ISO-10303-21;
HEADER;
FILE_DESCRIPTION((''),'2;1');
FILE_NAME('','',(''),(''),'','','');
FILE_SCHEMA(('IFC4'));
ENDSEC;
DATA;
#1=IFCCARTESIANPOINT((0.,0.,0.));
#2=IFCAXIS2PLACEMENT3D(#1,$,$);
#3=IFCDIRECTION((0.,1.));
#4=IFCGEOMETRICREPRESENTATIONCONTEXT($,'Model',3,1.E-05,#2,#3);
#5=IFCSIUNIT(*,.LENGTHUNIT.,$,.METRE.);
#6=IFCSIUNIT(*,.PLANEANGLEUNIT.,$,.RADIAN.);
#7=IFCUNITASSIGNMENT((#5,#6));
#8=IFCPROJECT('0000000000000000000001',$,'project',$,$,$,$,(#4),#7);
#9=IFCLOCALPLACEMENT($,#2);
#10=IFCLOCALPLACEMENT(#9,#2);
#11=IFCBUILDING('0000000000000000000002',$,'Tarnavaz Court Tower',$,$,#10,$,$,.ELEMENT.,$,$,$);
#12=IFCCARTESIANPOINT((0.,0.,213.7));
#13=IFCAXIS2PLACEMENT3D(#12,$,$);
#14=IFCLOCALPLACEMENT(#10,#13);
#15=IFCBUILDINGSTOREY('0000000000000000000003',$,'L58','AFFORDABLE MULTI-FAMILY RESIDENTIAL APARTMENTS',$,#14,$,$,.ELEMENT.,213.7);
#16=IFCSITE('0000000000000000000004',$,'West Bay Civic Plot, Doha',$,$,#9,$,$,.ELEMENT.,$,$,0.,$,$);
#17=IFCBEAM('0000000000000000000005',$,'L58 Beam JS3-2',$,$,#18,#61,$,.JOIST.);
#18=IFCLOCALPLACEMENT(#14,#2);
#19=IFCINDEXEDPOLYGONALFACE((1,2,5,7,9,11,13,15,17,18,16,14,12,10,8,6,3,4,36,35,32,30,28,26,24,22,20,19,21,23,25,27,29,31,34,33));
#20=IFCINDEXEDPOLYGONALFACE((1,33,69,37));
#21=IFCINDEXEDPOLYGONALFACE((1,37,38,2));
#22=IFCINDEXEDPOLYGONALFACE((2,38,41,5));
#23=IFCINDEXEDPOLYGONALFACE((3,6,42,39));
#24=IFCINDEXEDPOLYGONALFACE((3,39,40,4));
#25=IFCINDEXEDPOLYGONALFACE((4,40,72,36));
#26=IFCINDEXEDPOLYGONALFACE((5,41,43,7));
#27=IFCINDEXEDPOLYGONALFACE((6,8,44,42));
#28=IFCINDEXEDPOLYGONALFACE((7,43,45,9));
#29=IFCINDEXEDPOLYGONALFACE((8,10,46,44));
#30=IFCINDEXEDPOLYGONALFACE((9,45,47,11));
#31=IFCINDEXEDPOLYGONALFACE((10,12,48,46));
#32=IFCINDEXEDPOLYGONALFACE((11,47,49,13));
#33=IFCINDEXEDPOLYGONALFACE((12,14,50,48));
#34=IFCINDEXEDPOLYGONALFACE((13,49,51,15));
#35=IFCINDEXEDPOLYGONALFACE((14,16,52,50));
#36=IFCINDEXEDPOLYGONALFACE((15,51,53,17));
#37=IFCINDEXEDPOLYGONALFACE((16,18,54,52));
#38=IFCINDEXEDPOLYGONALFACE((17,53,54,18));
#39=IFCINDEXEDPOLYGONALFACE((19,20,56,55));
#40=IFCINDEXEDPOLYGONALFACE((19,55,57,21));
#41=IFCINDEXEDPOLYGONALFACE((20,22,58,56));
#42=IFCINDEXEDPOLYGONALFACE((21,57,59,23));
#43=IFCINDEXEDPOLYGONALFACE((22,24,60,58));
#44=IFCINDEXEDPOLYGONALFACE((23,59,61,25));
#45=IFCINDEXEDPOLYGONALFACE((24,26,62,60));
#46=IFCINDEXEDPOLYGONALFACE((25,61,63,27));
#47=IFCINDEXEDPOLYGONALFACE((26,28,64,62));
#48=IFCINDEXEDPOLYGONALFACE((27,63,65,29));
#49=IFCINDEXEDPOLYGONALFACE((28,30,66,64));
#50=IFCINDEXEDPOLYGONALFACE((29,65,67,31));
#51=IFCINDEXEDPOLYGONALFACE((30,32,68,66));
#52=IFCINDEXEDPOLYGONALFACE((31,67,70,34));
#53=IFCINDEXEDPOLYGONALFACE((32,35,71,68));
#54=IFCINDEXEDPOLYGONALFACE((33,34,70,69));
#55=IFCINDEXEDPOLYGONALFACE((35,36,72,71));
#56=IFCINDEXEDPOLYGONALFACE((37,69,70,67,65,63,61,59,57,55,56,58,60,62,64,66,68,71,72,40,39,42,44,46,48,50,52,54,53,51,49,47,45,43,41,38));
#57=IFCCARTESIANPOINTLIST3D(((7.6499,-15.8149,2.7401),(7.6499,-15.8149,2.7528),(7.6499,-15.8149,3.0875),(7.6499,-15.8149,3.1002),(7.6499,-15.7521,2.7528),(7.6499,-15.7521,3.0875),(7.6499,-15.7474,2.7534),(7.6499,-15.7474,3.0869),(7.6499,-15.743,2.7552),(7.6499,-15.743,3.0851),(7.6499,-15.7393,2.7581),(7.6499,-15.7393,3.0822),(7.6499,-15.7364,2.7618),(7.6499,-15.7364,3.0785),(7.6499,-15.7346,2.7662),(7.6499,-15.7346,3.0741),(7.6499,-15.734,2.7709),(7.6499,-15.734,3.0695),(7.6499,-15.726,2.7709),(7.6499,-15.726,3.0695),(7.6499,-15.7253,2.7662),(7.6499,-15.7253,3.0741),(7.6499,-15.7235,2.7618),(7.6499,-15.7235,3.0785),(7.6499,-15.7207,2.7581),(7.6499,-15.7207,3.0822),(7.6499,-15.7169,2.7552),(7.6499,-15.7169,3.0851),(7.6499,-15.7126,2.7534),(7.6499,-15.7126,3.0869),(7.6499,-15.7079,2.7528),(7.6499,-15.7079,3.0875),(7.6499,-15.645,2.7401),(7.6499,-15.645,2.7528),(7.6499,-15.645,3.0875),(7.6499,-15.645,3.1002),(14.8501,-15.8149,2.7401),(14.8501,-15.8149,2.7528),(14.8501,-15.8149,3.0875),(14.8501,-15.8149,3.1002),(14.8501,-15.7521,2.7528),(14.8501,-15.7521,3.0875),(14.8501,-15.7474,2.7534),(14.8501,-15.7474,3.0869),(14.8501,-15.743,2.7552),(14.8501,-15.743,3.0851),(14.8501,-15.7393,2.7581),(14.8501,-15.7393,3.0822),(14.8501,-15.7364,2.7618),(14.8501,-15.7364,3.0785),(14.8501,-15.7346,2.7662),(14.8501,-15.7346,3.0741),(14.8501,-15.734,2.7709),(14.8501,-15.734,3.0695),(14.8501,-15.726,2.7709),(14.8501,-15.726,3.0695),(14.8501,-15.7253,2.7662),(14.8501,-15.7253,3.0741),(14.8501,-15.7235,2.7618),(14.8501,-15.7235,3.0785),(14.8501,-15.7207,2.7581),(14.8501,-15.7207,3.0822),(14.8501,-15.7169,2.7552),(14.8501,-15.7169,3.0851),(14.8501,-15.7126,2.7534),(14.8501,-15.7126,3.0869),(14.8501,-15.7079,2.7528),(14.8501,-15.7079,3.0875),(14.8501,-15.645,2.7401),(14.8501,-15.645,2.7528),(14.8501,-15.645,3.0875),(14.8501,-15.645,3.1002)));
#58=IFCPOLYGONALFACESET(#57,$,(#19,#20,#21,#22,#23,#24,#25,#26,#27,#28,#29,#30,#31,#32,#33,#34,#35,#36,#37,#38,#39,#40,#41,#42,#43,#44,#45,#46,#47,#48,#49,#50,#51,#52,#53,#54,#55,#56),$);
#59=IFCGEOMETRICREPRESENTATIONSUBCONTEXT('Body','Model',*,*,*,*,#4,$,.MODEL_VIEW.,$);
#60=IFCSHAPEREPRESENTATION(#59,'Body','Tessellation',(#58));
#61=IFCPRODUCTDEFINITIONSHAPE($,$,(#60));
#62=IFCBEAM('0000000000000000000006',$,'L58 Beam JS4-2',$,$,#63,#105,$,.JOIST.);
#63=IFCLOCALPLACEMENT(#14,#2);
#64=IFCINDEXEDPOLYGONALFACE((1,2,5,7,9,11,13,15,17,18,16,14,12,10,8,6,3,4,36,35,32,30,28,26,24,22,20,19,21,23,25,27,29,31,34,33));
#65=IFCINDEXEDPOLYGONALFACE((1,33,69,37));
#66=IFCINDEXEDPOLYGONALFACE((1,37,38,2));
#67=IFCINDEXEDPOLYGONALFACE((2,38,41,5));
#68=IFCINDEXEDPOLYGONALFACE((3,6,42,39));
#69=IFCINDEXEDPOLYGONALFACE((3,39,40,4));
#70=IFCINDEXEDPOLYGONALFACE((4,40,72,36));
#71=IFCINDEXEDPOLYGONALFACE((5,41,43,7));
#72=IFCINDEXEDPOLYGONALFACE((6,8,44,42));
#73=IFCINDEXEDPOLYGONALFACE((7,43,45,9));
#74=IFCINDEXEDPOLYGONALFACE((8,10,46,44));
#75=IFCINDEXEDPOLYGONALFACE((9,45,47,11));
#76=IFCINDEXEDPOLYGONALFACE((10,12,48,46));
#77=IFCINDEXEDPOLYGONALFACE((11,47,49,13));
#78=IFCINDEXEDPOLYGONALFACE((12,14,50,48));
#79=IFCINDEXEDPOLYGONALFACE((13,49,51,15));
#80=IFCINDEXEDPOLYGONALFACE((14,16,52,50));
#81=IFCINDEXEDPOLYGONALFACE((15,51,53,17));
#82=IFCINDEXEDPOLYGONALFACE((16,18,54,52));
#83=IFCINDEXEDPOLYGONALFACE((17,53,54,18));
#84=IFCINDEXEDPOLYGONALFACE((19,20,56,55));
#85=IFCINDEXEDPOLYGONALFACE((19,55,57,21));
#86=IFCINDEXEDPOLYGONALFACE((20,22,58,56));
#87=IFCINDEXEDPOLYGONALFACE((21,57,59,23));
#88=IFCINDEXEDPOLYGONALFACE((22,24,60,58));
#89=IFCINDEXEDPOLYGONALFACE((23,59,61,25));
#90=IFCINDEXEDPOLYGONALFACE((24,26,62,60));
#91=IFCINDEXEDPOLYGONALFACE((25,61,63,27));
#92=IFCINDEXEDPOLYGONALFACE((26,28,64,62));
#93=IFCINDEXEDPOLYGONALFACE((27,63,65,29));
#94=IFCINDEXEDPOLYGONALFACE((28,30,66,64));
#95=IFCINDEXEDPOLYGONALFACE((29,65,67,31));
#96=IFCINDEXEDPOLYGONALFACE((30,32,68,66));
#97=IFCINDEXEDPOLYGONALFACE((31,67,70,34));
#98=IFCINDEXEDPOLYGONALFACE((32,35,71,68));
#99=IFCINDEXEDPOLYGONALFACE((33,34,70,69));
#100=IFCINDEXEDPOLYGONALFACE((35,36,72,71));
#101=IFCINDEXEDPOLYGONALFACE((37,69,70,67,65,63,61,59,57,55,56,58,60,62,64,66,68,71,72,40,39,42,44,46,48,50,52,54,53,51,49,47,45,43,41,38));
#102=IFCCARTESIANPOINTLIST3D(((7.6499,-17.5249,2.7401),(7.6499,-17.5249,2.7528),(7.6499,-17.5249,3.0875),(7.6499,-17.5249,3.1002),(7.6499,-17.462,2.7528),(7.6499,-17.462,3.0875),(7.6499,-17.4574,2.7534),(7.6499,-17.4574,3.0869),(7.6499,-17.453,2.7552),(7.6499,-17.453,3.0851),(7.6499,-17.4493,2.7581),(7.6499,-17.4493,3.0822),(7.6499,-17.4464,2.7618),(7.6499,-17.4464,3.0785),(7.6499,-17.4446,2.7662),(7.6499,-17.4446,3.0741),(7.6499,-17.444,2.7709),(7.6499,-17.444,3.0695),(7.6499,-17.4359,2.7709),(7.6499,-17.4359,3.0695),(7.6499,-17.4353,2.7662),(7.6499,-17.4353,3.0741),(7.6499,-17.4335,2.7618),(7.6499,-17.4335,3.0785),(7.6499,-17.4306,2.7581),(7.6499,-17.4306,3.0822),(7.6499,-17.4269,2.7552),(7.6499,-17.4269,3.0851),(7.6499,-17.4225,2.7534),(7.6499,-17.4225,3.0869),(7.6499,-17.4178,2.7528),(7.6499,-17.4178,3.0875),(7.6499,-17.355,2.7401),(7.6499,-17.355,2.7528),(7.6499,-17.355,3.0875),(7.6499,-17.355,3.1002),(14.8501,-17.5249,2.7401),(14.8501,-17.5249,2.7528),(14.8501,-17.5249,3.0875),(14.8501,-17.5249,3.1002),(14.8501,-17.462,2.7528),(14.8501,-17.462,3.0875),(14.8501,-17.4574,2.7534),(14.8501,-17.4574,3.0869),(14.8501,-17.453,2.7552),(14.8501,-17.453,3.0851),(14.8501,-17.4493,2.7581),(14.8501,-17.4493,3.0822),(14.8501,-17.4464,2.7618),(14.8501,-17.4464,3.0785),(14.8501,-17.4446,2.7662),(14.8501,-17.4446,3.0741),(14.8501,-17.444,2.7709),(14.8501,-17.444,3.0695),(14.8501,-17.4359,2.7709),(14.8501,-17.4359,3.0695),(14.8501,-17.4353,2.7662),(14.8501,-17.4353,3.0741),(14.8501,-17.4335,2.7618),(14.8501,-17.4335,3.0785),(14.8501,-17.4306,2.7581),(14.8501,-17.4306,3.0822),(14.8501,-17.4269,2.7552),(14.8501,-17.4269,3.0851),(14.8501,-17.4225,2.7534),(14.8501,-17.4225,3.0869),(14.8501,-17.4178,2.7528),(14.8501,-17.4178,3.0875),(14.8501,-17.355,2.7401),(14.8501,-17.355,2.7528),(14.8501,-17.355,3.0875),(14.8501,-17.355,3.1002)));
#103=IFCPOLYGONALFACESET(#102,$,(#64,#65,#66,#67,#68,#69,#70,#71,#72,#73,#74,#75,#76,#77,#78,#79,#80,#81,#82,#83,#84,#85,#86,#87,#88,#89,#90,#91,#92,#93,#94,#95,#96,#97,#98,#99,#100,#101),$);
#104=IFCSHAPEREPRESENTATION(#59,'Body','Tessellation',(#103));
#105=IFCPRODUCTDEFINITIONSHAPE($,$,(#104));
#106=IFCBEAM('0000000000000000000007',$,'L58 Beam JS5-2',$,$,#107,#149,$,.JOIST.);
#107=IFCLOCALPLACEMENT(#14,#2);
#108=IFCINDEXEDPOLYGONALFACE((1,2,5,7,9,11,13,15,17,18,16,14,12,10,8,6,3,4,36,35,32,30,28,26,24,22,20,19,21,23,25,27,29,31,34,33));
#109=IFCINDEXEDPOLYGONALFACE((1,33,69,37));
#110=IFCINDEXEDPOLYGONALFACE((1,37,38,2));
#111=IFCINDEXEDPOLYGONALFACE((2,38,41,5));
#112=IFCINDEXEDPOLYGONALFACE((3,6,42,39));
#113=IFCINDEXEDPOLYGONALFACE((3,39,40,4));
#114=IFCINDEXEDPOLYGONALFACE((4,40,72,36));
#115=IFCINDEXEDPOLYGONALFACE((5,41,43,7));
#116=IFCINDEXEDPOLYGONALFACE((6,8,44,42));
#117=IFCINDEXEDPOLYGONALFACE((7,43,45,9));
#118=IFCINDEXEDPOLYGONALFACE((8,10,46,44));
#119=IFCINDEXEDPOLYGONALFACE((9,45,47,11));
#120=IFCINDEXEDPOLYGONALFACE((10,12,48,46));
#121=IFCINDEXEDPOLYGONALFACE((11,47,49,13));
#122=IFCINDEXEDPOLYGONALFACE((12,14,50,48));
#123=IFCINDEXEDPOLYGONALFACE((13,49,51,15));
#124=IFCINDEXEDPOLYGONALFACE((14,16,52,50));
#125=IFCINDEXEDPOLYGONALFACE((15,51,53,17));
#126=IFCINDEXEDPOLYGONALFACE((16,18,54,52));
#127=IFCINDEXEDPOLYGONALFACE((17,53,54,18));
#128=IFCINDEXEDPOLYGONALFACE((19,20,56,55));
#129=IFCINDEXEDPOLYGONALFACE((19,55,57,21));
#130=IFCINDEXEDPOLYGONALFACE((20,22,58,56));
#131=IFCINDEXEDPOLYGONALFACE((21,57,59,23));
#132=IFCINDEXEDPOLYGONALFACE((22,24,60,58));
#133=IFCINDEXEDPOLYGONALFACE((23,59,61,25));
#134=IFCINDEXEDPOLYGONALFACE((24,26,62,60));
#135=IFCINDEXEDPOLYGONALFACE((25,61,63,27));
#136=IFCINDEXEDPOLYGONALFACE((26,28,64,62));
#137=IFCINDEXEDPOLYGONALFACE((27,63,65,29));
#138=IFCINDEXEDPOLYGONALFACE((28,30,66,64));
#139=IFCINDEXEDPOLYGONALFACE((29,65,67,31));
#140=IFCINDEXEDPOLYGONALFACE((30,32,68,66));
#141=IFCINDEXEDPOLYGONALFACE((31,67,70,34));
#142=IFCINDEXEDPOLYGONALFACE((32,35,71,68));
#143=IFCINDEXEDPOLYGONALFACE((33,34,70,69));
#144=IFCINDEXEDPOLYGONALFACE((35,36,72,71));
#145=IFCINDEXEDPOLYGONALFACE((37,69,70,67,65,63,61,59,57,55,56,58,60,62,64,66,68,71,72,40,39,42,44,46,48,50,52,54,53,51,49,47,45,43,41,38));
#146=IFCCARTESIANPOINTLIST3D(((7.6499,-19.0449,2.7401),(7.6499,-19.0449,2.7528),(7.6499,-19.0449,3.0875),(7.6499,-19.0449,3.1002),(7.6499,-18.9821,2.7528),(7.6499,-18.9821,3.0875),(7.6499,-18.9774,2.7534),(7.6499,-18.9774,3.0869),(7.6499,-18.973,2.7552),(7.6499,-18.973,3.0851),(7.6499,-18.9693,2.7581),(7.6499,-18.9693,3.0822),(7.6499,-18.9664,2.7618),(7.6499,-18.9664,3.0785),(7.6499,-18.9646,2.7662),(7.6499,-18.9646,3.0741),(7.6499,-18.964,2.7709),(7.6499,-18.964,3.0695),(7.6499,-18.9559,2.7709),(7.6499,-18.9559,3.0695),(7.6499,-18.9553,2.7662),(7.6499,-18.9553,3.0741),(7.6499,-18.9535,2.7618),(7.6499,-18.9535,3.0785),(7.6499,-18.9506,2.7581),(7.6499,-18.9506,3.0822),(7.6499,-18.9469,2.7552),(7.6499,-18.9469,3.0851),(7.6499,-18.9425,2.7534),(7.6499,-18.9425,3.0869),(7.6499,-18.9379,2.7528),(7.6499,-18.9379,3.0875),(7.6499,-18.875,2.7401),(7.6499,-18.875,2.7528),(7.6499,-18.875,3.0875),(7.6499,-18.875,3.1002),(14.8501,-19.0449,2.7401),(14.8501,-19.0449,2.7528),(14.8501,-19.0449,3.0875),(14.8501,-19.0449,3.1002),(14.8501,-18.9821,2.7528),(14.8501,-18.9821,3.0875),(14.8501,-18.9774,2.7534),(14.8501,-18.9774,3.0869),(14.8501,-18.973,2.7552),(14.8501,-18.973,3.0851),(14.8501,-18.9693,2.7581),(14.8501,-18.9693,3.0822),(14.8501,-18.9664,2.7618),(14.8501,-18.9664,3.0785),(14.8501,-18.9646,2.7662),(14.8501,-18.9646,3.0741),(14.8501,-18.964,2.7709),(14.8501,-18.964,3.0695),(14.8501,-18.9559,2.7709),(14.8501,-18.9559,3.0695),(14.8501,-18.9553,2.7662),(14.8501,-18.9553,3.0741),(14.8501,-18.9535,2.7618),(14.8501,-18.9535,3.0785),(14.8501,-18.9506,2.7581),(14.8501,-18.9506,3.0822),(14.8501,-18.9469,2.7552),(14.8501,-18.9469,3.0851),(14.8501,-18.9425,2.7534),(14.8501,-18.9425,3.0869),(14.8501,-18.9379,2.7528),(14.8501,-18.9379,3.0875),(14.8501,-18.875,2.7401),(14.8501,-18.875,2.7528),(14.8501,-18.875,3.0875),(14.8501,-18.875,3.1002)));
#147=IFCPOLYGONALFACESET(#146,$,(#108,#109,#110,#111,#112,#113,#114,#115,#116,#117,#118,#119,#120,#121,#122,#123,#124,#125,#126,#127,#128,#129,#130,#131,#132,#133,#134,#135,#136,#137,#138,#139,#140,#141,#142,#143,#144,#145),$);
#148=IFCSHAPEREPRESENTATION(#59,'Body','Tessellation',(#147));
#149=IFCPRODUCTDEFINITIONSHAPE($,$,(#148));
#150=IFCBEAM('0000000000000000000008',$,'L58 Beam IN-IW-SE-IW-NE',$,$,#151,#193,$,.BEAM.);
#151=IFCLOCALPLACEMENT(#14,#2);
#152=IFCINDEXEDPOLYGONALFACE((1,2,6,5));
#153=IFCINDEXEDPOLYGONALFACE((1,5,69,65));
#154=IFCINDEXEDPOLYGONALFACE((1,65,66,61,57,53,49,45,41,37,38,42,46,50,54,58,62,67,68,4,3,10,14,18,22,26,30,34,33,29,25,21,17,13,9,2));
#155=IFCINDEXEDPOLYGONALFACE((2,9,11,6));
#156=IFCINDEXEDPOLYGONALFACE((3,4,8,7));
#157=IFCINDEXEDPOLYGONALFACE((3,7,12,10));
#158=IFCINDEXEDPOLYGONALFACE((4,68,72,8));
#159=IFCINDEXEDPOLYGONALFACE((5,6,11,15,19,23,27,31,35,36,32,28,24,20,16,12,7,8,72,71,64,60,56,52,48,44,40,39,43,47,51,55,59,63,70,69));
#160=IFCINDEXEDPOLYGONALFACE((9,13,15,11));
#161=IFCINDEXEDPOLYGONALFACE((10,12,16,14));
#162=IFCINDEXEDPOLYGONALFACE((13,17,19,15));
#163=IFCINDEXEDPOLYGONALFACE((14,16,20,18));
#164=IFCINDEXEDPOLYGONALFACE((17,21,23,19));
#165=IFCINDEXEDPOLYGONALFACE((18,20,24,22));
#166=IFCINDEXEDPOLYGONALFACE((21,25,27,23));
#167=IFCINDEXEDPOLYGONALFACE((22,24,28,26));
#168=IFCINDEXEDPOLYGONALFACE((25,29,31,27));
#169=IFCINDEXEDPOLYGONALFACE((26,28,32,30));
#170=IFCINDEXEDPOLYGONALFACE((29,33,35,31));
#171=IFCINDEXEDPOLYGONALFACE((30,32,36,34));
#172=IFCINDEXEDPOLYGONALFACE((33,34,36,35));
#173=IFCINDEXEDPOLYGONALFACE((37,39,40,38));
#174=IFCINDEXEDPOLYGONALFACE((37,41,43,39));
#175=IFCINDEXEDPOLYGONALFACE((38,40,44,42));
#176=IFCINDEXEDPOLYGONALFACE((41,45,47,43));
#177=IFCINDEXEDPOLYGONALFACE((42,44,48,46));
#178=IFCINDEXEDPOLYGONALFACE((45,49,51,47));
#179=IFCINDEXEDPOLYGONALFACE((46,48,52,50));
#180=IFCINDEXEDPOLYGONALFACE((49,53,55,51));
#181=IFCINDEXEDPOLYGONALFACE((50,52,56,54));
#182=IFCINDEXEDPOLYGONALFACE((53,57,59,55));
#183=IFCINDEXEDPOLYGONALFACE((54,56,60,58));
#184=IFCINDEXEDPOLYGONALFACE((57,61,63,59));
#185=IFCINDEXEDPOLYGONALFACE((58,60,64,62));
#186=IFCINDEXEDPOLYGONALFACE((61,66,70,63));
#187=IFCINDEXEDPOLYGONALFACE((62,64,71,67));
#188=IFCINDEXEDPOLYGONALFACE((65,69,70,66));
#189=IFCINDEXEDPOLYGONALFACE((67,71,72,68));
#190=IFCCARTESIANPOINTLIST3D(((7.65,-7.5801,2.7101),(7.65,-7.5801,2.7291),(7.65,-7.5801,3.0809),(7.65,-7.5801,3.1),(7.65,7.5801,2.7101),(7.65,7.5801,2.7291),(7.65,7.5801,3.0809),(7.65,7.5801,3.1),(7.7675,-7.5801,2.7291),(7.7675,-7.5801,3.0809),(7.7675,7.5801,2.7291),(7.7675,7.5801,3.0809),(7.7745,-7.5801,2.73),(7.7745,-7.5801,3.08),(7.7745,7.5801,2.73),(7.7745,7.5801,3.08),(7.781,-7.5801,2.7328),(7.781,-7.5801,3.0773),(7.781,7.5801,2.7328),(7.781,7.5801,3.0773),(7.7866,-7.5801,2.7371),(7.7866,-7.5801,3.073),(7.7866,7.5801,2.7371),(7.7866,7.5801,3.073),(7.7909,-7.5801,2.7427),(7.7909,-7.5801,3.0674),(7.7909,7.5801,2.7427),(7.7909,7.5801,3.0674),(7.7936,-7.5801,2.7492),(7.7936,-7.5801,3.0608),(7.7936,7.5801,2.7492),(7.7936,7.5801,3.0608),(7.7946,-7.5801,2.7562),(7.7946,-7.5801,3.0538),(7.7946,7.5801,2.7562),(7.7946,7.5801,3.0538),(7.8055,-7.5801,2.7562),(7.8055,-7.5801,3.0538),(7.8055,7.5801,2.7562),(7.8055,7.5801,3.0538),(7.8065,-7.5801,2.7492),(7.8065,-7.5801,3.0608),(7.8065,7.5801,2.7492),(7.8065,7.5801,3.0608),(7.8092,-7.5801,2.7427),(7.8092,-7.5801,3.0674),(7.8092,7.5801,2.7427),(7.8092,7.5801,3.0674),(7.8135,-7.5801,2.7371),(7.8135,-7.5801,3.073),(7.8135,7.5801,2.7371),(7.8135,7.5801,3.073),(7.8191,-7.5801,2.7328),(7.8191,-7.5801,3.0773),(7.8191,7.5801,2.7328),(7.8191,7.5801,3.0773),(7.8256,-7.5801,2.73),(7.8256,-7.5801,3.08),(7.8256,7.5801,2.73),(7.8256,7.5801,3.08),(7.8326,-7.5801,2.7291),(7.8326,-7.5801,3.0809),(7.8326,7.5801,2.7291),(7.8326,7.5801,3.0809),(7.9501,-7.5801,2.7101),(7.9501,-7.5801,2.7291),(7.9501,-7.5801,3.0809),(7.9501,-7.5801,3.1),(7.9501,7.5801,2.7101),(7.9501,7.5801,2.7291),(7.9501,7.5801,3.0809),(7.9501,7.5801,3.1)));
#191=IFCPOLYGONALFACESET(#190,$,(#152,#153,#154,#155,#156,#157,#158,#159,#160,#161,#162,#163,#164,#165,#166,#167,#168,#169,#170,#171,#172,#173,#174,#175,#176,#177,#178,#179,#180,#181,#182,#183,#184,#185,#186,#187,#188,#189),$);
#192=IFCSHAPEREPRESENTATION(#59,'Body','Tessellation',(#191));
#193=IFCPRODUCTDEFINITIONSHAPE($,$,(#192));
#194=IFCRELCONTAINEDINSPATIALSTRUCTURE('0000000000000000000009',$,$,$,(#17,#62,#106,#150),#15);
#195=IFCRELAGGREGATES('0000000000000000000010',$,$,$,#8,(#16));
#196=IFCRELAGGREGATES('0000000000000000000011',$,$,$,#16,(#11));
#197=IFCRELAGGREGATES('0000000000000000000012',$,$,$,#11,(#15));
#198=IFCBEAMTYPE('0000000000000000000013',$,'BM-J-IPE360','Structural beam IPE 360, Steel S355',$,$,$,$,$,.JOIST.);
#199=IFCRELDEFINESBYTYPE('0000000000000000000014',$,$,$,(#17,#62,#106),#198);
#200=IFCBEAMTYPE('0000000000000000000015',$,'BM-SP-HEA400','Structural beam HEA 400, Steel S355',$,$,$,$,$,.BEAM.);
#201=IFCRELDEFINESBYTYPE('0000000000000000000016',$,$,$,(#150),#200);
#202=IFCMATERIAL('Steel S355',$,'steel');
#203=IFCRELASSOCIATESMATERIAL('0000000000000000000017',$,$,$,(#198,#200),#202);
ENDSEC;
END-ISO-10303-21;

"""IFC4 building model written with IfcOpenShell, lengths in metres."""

from ifc_helpers import new_model, si_unit, direction, frame, origin, origin_2d, place, context, subcontext, project, spatial, i_section, extrude, material, material_profile, profile_set, type_object, element, save


model = new_model("IFC4")

# Units and contexts
model_context = context("Model", 3, precision=1e-05, world=origin(), true_north=direction((0.0, 1.0)))
body_context = subcontext(model_context, "Body", "Model", "MODEL_VIEW")
ifc_project = project(units=[si_unit("LENGTHUNIT", "METRE"), si_unit("PLANEANGLEUNIT", "RADIAN")], contexts=[model_context])

# Site, building, storey
site_placement = place(None, origin())
site = spatial("IfcSite", under=ifc_project, at=site_placement, Name="West Bay Civic Plot, Doha", CompositionType="ELEMENT", RefElevation=0.0)
building_placement = place(site_placement, origin())
building = spatial("IfcBuilding", under=site, at=building_placement, Name="Tarnavaz Court Tower", CompositionType="ELEMENT")
storey_placement = place(building_placement, frame((0.0, 0.0, 213.7)))
storey = spatial("IfcBuildingStorey", under=building, at=storey_placement, Name="L58", Description="AFFORDABLE MULTI-FAMILY RESIDENTIAL APARTMENTS", CompositionType="ELEMENT", Elevation=213.7)

# Beams
ifc_material_1 = material(Name="Steel S355", Category="steel")
ifc_material_profile_1 = material_profile(ifc_material_1, i_section(OverallWidth=0.1699, OverallDepth=0.3601, WebThickness=0.0081, FlangeThickness=0.0127, FilletRadius=0.0181, at=origin_2d()), Name="IPE 360")
ifc_profile_set_1 = profile_set([ifc_material_profile_1], Name="Steel S355")
beam_type_1 = type_object("IfcBeamType", Name="BM-J-IPE360", Description="Structural beam IPE 360, Steel S355", PredefinedType="JOIST", material=ifc_profile_set_1)
for number, where, z_axis, x_axis, name in (
    (1, (7.6499, -15.73, 2.9202), (1.0, 0.0, 0.0), (0.0, 1.0, 0.0), "L58 Beam JS3-2"),
    (2, (7.6499, -17.4399, 2.9202), (1.0, 0.0, 0.0), (0.0, 1.0, 0.0), "L58 Beam JS4-2"),
    (3, (7.6499, -18.96, 2.9202), (1.0, 0.0, 0.0), (0.0, 1.0, 0.0), "L58 Beam JS5-2"),
):
    element("IfcBeam", number, at=place(storey_placement, frame(where, z_axis=z_axis, x_axis=x_axis)), inside=storey, type_object=beam_type_1, Name=name, PredefinedType="JOIST", context=body_context, shape_type="SweptSolid", body=[
        extrude(i_section(OverallWidth=0.1699, OverallDepth=0.3601, WebThickness=0.0081, FlangeThickness=0.0127, FilletRadius=0.0181, at=origin_2d()), origin(), (0.0, 0.0, 1.0), 7.2002),
    ])
ifc_material_profile_2 = material_profile(ifc_material_1, i_section(OverallWidth=0.3, OverallDepth=0.3899, WebThickness=0.011, FlangeThickness=0.019, FilletRadius=0.0271, at=origin_2d()), Name="HEA 400")
ifc_profile_set_2 = profile_set([ifc_material_profile_2], Name="Steel S355")
beam_type_2 = type_object("IfcBeamType", Name="BM-SP-HEA400", Description="Structural beam HEA 400, Steel S355", PredefinedType="BEAM", material=ifc_profile_set_2)
beam_1_placement = place(storey_placement, frame((7.8, -7.5801, 2.905), z_axis=(0.0, 1.0, 0.0), x_axis=(-1.0, 0.0, 0.0)))
element("IfcBeam", 4, at=beam_1_placement, inside=storey, type_object=beam_type_2, Name="L58 Beam IN-IW-SE-IW-NE", PredefinedType="BEAM", context=body_context, shape_type="SweptSolid", body=[
    extrude(i_section(OverallWidth=0.3, OverallDepth=0.3899, WebThickness=0.011, FlangeThickness=0.019, FilletRadius=0.0271, at=origin_2d()), origin(), (0.0, 0.0, 1.0), 15.1602),
])

save(model, "model.ifc")
